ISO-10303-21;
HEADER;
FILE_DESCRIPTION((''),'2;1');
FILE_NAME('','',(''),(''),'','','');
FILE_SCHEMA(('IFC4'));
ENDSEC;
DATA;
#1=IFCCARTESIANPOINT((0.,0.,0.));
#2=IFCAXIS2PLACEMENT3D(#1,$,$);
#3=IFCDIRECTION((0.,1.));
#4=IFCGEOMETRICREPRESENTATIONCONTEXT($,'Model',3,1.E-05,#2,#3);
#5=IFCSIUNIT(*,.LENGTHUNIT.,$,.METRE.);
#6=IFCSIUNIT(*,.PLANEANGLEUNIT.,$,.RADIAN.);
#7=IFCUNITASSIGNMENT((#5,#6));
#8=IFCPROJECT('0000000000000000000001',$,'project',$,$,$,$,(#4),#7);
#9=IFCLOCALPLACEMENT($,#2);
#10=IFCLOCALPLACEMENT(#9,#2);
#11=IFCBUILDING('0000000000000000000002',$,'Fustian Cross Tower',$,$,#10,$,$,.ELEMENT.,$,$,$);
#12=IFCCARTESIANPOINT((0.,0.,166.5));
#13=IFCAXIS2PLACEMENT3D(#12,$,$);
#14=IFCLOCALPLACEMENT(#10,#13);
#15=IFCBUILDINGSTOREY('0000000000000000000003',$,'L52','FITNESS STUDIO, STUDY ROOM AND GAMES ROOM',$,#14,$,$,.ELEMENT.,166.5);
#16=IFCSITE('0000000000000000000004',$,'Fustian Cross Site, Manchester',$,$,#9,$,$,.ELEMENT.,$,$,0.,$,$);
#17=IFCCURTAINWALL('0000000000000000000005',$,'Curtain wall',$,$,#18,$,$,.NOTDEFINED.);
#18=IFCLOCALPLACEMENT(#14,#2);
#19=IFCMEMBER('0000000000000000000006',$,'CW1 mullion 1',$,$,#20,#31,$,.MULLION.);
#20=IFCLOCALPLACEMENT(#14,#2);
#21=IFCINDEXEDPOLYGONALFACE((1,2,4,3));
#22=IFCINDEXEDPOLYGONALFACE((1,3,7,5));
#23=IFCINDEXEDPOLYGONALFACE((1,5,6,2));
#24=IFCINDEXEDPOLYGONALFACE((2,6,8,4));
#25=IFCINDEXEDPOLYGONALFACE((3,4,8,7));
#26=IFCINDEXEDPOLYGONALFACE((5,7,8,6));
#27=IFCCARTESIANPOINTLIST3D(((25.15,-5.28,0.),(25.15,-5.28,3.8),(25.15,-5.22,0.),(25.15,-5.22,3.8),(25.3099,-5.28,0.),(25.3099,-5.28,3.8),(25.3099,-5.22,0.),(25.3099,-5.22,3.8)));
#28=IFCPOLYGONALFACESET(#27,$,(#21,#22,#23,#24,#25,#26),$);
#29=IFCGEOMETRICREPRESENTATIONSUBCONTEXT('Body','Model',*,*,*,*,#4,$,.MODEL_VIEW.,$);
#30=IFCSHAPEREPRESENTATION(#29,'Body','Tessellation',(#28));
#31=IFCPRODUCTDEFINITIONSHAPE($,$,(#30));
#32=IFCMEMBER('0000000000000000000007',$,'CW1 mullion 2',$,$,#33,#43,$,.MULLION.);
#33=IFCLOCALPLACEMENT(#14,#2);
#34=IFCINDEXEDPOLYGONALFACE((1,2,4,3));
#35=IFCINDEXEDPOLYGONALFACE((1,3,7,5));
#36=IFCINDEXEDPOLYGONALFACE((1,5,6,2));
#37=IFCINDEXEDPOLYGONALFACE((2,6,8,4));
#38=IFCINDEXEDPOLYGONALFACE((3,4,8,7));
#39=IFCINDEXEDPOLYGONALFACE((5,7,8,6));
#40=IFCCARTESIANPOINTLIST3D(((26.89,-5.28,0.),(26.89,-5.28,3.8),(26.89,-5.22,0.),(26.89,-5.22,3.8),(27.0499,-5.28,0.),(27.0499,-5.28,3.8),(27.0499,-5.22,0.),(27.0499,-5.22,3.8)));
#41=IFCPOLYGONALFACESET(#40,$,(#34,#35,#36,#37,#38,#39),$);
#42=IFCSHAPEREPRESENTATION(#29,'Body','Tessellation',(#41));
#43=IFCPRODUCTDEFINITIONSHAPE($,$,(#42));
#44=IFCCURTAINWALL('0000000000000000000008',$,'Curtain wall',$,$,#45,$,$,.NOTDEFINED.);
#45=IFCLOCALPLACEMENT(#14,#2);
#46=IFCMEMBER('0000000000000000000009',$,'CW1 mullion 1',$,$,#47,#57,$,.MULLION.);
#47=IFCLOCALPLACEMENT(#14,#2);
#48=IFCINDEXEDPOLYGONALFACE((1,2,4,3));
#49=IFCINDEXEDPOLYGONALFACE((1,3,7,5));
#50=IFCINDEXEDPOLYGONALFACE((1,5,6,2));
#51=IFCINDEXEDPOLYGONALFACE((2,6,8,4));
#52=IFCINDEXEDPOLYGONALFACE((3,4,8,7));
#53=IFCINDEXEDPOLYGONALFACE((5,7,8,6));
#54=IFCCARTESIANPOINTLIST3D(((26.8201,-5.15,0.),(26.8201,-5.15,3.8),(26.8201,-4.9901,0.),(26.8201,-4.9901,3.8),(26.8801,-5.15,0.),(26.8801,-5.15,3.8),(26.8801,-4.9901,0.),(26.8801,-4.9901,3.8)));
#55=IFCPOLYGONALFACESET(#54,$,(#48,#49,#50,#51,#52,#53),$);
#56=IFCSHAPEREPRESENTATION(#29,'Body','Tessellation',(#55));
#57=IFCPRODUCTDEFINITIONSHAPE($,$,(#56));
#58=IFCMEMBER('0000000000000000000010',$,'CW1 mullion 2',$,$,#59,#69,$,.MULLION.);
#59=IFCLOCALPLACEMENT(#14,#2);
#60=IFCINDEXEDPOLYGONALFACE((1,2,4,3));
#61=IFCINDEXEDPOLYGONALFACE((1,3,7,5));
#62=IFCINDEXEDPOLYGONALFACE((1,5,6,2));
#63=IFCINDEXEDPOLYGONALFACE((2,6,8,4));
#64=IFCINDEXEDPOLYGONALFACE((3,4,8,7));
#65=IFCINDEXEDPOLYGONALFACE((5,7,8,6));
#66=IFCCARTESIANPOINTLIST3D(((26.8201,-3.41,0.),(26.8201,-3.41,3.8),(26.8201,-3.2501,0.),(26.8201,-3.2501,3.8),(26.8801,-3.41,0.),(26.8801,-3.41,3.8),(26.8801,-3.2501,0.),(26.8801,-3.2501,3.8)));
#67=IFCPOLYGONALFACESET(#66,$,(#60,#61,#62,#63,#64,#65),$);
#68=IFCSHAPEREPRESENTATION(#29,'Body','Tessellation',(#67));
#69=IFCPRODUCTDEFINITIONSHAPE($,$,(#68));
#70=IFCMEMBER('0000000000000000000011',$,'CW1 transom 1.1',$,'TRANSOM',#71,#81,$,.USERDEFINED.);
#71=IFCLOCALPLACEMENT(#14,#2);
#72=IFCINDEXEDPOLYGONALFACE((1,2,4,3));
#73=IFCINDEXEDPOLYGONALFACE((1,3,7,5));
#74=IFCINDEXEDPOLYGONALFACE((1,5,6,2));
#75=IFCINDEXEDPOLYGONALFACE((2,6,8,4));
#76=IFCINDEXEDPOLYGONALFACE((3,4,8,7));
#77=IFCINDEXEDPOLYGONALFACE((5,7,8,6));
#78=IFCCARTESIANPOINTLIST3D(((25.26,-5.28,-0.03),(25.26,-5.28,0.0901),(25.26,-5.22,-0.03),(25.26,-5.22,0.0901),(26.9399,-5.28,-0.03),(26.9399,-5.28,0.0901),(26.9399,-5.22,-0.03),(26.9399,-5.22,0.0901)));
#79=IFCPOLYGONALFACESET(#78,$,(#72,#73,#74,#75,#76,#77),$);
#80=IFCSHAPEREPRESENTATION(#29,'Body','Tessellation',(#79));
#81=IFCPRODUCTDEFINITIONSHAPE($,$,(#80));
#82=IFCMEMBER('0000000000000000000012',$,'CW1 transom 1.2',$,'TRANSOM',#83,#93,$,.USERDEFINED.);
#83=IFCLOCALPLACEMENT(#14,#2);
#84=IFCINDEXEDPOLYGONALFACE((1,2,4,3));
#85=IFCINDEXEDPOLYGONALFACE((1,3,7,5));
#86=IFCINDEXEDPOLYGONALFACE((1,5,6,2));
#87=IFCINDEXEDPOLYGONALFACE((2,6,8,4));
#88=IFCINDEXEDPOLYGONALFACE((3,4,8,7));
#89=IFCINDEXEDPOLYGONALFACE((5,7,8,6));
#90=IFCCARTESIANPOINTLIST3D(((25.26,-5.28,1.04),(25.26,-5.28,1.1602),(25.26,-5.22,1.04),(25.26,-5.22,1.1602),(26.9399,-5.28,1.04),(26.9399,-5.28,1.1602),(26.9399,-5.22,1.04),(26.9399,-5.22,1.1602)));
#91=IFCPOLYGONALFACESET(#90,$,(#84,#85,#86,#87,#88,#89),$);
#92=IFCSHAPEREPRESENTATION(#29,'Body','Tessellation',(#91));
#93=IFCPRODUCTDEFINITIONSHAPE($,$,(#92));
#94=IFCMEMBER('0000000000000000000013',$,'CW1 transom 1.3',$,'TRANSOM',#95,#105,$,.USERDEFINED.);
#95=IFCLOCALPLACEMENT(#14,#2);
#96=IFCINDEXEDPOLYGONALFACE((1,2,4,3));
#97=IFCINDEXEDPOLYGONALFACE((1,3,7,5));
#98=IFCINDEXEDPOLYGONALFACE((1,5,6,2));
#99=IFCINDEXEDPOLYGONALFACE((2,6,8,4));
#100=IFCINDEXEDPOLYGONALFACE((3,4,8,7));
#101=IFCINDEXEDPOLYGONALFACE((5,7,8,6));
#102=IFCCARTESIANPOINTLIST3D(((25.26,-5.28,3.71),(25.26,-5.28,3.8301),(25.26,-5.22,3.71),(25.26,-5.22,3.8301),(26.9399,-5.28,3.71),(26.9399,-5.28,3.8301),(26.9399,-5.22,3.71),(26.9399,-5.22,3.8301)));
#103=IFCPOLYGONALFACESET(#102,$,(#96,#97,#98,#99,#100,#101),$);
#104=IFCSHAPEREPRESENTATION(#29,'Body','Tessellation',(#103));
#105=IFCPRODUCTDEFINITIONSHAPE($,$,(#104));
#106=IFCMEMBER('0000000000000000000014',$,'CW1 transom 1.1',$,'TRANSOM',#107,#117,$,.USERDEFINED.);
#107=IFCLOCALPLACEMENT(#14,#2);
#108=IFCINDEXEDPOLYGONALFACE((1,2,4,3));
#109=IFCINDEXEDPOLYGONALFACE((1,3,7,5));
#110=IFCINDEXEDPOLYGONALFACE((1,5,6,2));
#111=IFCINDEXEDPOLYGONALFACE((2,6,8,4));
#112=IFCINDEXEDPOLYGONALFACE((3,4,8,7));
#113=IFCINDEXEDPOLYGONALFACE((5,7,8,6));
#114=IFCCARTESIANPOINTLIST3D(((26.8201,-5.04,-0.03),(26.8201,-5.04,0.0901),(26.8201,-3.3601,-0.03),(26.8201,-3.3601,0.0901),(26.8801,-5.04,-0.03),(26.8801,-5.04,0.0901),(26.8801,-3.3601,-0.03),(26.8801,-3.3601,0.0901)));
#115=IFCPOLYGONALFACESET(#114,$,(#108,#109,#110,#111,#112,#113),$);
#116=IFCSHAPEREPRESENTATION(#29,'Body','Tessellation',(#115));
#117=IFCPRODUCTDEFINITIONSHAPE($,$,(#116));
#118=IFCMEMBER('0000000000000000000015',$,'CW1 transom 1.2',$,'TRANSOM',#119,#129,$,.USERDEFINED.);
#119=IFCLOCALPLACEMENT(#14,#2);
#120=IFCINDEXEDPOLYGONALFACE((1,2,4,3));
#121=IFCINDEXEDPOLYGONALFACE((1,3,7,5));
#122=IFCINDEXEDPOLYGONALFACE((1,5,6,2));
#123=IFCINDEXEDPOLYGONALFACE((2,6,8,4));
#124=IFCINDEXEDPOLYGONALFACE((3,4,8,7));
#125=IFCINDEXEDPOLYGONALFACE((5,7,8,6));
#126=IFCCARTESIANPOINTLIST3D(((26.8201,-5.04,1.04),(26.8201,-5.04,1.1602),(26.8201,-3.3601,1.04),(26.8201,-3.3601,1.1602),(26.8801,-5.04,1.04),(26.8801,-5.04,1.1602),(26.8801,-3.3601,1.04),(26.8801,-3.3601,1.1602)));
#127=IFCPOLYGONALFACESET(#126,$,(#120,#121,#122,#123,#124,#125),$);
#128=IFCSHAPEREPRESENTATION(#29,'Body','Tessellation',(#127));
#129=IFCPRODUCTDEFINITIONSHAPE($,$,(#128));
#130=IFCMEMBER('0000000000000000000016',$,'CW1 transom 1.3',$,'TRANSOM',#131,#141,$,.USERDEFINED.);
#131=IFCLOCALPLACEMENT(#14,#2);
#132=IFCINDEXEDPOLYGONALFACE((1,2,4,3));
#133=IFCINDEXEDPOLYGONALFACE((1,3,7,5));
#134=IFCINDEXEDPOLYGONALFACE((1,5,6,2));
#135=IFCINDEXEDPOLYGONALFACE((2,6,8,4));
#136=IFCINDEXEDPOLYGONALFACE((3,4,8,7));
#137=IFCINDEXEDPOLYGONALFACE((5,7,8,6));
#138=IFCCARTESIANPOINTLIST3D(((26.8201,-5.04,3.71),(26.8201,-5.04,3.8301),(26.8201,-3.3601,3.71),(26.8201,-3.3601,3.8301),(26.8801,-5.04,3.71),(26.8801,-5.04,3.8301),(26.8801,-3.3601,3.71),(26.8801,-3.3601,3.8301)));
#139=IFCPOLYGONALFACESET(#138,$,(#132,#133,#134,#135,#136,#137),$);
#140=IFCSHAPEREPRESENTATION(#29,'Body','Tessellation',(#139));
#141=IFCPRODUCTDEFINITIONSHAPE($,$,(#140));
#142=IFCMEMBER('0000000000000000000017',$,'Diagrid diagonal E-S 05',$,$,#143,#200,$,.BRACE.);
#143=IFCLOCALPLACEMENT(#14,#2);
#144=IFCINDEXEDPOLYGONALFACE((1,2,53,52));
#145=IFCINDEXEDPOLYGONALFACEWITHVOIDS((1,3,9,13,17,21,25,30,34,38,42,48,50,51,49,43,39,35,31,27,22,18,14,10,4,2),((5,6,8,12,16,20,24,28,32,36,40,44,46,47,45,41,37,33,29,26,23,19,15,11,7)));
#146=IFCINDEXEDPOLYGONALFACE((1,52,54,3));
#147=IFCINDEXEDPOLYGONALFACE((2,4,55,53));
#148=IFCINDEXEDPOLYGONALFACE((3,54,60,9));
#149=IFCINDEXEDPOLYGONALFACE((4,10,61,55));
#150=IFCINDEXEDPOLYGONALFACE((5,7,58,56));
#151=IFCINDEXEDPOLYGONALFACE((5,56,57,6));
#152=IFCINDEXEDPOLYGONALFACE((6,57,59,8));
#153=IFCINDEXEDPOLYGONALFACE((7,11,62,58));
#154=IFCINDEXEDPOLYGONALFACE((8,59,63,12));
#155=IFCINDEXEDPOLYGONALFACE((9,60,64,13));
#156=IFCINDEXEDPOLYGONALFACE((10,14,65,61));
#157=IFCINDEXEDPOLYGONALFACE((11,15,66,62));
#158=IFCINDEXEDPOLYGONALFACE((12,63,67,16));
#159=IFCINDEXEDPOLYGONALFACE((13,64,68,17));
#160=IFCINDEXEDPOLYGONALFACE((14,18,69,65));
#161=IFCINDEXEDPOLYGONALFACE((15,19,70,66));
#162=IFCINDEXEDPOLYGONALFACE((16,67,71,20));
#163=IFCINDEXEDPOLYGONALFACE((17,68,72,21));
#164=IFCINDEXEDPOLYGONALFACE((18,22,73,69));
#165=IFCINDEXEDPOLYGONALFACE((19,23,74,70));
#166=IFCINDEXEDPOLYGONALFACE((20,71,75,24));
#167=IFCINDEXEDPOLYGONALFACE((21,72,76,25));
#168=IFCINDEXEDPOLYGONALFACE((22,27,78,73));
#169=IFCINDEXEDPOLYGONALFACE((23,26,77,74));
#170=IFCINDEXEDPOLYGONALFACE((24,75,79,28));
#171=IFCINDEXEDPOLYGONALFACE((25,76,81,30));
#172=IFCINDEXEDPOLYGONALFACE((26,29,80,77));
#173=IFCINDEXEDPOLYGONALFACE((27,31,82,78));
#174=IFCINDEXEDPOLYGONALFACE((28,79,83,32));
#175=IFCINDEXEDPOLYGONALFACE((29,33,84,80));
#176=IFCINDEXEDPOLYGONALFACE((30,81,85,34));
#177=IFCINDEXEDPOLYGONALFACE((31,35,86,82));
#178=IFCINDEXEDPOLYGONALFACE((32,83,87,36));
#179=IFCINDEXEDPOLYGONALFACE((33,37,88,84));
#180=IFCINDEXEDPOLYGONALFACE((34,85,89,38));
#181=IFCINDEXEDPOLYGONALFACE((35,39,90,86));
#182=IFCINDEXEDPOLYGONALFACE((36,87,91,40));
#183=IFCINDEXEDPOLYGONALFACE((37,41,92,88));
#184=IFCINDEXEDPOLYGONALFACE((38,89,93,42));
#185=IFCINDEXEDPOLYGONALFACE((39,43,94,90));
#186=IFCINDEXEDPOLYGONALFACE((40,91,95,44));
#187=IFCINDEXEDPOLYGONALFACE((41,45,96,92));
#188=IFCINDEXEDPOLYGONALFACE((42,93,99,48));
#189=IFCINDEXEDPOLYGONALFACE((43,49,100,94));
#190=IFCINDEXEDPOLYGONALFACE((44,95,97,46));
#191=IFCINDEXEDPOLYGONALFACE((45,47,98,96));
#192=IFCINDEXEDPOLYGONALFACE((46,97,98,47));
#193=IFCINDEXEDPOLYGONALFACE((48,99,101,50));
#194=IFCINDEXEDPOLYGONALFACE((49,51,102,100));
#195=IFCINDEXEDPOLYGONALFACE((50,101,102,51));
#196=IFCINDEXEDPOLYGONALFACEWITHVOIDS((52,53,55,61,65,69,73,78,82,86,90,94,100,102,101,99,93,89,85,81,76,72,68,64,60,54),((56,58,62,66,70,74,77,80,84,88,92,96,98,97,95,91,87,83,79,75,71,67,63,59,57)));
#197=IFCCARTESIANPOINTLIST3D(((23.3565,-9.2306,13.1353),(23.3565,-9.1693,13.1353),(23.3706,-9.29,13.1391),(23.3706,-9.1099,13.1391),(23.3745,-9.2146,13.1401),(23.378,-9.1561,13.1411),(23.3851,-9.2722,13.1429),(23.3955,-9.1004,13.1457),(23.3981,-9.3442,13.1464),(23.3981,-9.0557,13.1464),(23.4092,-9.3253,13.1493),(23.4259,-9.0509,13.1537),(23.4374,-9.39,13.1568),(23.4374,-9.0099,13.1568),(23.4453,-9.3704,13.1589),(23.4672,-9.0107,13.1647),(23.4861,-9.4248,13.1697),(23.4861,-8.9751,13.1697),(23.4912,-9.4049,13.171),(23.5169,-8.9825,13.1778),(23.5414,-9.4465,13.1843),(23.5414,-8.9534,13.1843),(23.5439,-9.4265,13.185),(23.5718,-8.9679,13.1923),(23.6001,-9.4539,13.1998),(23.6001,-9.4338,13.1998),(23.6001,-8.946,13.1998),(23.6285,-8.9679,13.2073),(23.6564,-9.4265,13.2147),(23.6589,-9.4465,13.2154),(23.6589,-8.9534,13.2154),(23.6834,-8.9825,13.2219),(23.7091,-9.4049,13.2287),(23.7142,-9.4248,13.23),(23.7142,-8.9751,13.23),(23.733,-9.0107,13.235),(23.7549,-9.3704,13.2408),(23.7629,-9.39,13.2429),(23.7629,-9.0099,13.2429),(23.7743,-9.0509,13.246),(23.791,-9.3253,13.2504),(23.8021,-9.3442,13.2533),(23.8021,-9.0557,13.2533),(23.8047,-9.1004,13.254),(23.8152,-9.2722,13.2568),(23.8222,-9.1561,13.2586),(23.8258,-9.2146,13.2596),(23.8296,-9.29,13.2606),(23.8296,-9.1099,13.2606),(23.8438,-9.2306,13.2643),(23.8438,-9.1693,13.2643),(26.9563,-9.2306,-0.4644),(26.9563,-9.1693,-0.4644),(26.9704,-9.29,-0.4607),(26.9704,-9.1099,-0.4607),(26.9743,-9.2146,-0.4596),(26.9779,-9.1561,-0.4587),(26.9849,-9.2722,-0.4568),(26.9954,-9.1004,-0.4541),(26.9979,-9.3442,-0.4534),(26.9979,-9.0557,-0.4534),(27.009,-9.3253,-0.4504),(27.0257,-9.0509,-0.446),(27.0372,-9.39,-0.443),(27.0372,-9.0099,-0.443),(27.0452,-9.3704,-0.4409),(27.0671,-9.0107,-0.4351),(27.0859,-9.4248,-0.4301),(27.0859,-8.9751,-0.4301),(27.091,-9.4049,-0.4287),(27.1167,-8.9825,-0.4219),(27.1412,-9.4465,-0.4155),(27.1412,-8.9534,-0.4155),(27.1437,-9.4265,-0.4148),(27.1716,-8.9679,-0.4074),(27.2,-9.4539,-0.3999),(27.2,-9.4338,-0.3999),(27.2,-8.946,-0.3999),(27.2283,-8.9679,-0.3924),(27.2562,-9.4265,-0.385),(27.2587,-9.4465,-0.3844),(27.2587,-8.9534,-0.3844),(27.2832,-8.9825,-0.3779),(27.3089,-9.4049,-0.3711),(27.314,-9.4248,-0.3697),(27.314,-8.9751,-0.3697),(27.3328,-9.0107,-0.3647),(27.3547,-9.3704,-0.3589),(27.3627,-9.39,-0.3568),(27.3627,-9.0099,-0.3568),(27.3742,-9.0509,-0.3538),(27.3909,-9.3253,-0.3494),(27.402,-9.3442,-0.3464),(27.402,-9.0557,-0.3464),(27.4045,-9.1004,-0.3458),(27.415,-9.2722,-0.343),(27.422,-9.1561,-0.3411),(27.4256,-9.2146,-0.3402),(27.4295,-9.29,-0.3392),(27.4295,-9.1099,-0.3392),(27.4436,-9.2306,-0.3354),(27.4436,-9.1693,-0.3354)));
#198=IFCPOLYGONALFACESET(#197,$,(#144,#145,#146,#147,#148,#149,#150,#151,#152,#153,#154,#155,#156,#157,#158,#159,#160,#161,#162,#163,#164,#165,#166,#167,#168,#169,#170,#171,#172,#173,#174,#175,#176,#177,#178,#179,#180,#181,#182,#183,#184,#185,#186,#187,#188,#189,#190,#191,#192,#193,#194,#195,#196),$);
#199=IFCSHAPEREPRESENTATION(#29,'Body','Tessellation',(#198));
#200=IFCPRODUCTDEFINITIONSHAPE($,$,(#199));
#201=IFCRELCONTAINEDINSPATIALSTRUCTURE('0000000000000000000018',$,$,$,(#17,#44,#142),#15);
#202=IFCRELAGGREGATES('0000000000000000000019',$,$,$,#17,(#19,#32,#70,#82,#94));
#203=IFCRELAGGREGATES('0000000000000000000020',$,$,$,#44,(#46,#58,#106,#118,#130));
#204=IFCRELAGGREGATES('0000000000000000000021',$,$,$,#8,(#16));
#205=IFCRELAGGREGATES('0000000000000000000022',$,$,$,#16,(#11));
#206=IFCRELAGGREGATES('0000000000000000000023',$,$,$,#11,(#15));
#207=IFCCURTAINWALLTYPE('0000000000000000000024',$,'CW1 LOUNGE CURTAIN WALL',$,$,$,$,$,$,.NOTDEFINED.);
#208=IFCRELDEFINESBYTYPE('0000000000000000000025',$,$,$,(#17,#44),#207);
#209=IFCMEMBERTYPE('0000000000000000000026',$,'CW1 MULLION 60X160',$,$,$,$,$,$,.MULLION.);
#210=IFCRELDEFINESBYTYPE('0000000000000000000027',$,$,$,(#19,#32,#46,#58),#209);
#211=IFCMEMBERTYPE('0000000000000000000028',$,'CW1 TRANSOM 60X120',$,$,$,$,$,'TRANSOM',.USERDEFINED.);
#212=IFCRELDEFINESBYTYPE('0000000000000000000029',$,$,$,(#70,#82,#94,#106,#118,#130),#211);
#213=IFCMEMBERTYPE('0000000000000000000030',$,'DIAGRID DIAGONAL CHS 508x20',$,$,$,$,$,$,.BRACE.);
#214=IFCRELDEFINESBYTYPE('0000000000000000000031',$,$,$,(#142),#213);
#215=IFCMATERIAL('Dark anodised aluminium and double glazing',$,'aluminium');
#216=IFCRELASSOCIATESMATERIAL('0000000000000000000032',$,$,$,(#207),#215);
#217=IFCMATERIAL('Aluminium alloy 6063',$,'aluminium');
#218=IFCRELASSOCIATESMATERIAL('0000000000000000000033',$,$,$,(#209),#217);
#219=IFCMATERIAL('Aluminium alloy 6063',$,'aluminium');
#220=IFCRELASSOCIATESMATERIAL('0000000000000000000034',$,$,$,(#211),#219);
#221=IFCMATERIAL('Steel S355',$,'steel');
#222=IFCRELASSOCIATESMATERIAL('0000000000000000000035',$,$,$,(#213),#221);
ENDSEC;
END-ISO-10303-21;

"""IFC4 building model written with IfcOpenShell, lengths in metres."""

from ifc_helpers import new_model, si_unit, direction, frame, origin, origin_2d, place, context, subcontext, project, spatial, rectangle, hollow_circle, extrude, material, material_profile, profile_set, type_object, element, aggregate, save


model = new_model("IFC4")

# Units and contexts
model_context = context("Model", 3, precision=1e-05, world=origin(), true_north=direction((0.0, 1.0)))
body_context = subcontext(model_context, "Body", "Model", "MODEL_VIEW")
ifc_project = project(units=[si_unit("LENGTHUNIT", "METRE"), si_unit("PLANEANGLEUNIT", "RADIAN")], contexts=[model_context])

# Site, building, storey
site_placement = place(None, origin())
site = spatial("IfcSite", under=ifc_project, at=site_placement, Name="Fustian Cross Site, Manchester", CompositionType="ELEMENT", RefElevation=0.0)
building_placement = place(site_placement, origin())
building = spatial("IfcBuilding", under=site, at=building_placement, Name="Fustian Cross Tower", CompositionType="ELEMENT")
storey_placement = place(building_placement, frame((0.0, 0.0, 166.5)))
storey = spatial("IfcBuildingStorey", under=building, at=storey_placement, Name="L52", Description="FITNESS STUDIO, STUDY ROOM AND GAMES ROOM", CompositionType="ELEMENT", Elevation=166.5)

# Curtain walls, members
ifc_material_1 = material(Name="Dark anodised aluminium and double glazing", Category="aluminium")
curtain_wall_type = type_object("IfcCurtainWallType", Name="CW1 LOUNGE CURTAIN WALL", PredefinedType="NOTDEFINED", material=ifc_material_1)
curtain_wall_1_placement = place(storey_placement, origin())
curtain_wall_1 = element("IfcCurtainWall", 1, at=curtain_wall_1_placement, inside=storey, type_object=curtain_wall_type, Name="Curtain wall", PredefinedType="NOTDEFINED")
ifc_material_2 = material(Name="Aluminium alloy 6063", Category="aluminium")
ifc_material_profile_1 = material_profile(ifc_material_2, rectangle(XDim=0.0601, YDim=0.1599, at=origin_2d()), Name="CW1 MULLION 60X160")
ifc_profile_set_1 = profile_set([ifc_material_profile_1], Name="Aluminium alloy 6063")
member_type_1 = type_object("IfcMemberType", Name="CW1 MULLION 60X160", PredefinedType="MULLION", material=ifc_profile_set_1)
member_1_placement = place(storey_placement, frame((25.23, -5.25, 0.0), z_axis=(0.0, 0.0, 1.0), x_axis=(0.0, 1.0, 0.0)))
member_1 = element("IfcMember", 2, at=member_1_placement, type_object=member_type_1, Name="CW1 mullion 1", PredefinedType="MULLION", context=body_context, shape_type="SweptSolid", body=[
    extrude(rectangle(XDim=0.0601, YDim=0.1599, at=origin_2d()), origin(), (0.0, 0.0, 1.0), 3.8),
])
member_2_placement = place(storey_placement, frame((26.97, -5.25, 0.0), z_axis=(0.0, 0.0, 1.0), x_axis=(0.0, 1.0, 0.0)))
member_2 = element("IfcMember", 3, at=member_2_placement, type_object=member_type_1, Name="CW1 mullion 2", PredefinedType="MULLION", context=body_context, shape_type="SweptSolid", body=[
    extrude(rectangle(XDim=0.0601, YDim=0.1599, at=origin_2d()), origin(), (0.0, 0.0, 1.0), 3.8),
])
curtain_wall_2_placement = place(storey_placement, origin())
curtain_wall_2 = element("IfcCurtainWall", 4, at=curtain_wall_2_placement, inside=storey, type_object=curtain_wall_type, Name="Curtain wall", PredefinedType="NOTDEFINED")
member_3_placement = place(storey_placement, frame((26.8501, -5.0701, 0.0), z_axis=(0.0, 0.0, 1.0), x_axis=(-1.0, 0.0, 0.0)))
member_3 = element("IfcMember", 5, at=member_3_placement, type_object=member_type_1, Name="CW1 mullion 1", PredefinedType="MULLION", context=body_context, shape_type="SweptSolid", body=[
    extrude(rectangle(XDim=0.0601, YDim=0.1599, at=origin_2d()), origin(), (0.0, 0.0, 1.0), 3.8),
])
member_4_placement = place(storey_placement, frame((26.8501, -3.3301, 0.0), z_axis=(0.0, 0.0, 1.0), x_axis=(-1.0, 0.0, 0.0)))
member_4 = element("IfcMember", 6, at=member_4_placement, type_object=member_type_1, Name="CW1 mullion 2", PredefinedType="MULLION", context=body_context, shape_type="SweptSolid", body=[
    extrude(rectangle(XDim=0.0601, YDim=0.1599, at=origin_2d()), origin(), (0.0, 0.0, 1.0), 3.8),
])

# Members
ifc_material_3 = material(Name="Aluminium alloy 6063", Category="aluminium")
ifc_material_profile_2 = material_profile(ifc_material_3, rectangle(XDim=0.0601, YDim=0.1201, at=origin_2d()), Name="CW1 TRANSOM 60X120")
ifc_profile_set_2 = profile_set([ifc_material_profile_2], Name="Aluminium alloy 6063")
member_type_2 = type_object("IfcMemberType", Name="CW1 TRANSOM 60X120", ElementType="TRANSOM", PredefinedType="USERDEFINED", material=ifc_profile_set_2)
member_5_placement = place(storey_placement, frame((25.26, -5.25, 0.03), z_axis=(1.0, 0.0, 0.0), x_axis=(0.0, 1.0, 0.0)))
member_5 = element("IfcMember", 7, at=member_5_placement, type_object=member_type_2, Name="CW1 transom 1.1", ObjectType="TRANSOM", PredefinedType="USERDEFINED", context=body_context, shape_type="SweptSolid", body=[
    extrude(rectangle(XDim=0.0601, YDim=0.1201, at=origin_2d()), origin(), (0.0, 0.0, 1.0), 1.6799),
])
member_6_placement = place(storey_placement, frame((25.26, -5.25, 1.1001), z_axis=(1.0, 0.0, 0.0), x_axis=(0.0, 1.0, 0.0)))
member_6 = element("IfcMember", 8, at=member_6_placement, type_object=member_type_2, Name="CW1 transom 1.2", ObjectType="TRANSOM", PredefinedType="USERDEFINED", context=body_context, shape_type="SweptSolid", body=[
    extrude(rectangle(XDim=0.0601, YDim=0.1201, at=origin_2d()), origin(), (0.0, 0.0, 1.0), 1.6799),
])
member_7_placement = place(storey_placement, frame((25.26, -5.25, 3.77), z_axis=(1.0, 0.0, 0.0), x_axis=(0.0, 1.0, 0.0)))
member_7 = element("IfcMember", 9, at=member_7_placement, type_object=member_type_2, Name="CW1 transom 1.3", ObjectType="TRANSOM", PredefinedType="USERDEFINED", context=body_context, shape_type="SweptSolid", body=[
    extrude(rectangle(XDim=0.0601, YDim=0.1201, at=origin_2d()), origin(), (0.0, 0.0, 1.0), 1.6799),
])
member_8_placement = place(storey_placement, frame((26.8501, -5.04, 0.03), z_axis=(0.0, 1.0, 0.0), x_axis=(-1.0, 0.0, 0.0)))
member_8 = element("IfcMember", 10, at=member_8_placement, type_object=member_type_2, Name="CW1 transom 1.1", ObjectType="TRANSOM", PredefinedType="USERDEFINED", context=body_context, shape_type="SweptSolid", body=[
    extrude(rectangle(XDim=0.0601, YDim=0.1201, at=origin_2d()), origin(), (0.0, 0.0, 1.0), 1.6799),
])
member_9_placement = place(storey_placement, frame((26.8501, -5.04, 1.1001), z_axis=(0.0, 1.0, 0.0), x_axis=(-1.0, 0.0, 0.0)))
member_9 = element("IfcMember", 11, at=member_9_placement, type_object=member_type_2, Name="CW1 transom 1.2", ObjectType="TRANSOM", PredefinedType="USERDEFINED", context=body_context, shape_type="SweptSolid", body=[
    extrude(rectangle(XDim=0.0601, YDim=0.1201, at=origin_2d()), origin(), (0.0, 0.0, 1.0), 1.6799),
])
member_10_placement = place(storey_placement, frame((26.8501, -5.04, 3.77), z_axis=(0.0, 1.0, 0.0), x_axis=(-1.0, 0.0, 0.0)))
member_10 = element("IfcMember", 12, at=member_10_placement, type_object=member_type_2, Name="CW1 transom 1.3", ObjectType="TRANSOM", PredefinedType="USERDEFINED", context=body_context, shape_type="SweptSolid", body=[
    extrude(rectangle(XDim=0.0601, YDim=0.1201, at=origin_2d()), origin(), (0.0, 0.0, 1.0), 1.6799),
])

# Member
ifc_material_4 = material(Name="Steel S355", Category="steel")
ifc_material_profile_3 = material_profile(ifc_material_4, hollow_circle(Radius=0.2539, WallThickness=0.02, at=origin_2d()), Name="CHS 508x20")
ifc_profile_set_3 = profile_set([ifc_material_profile_3], Name="Steel S355")
member_type_3 = type_object("IfcMemberType", Name="DIAGRID DIAGONAL CHS 508x20", PredefinedType="BRACE", material=ifc_profile_set_3)
member_11_placement = place(storey_placement, frame((27.2, -9.2, -0.3999), z_axis=(-0.255885, 0.0, 0.966707), x_axis=(0.0, -1.0, 0.0)))
element("IfcMember", 13, at=member_11_placement, inside=storey, type_object=member_type_3, Name="Diagrid diagonal E-S 05", PredefinedType="BRACE", context=body_context, shape_type="SweptSolid", body=[
    extrude(hollow_circle(Radius=0.2539, WallThickness=0.02, at=origin_2d()), origin(), (0.0, 0.0, 1.0), 14.0681),
])

aggregate(curtain_wall_1, [member_1, member_2, member_5, member_6, member_7])
aggregate(curtain_wall_2, [member_3, member_4, member_8, member_9, member_10])

save(model, "model.ifc")
